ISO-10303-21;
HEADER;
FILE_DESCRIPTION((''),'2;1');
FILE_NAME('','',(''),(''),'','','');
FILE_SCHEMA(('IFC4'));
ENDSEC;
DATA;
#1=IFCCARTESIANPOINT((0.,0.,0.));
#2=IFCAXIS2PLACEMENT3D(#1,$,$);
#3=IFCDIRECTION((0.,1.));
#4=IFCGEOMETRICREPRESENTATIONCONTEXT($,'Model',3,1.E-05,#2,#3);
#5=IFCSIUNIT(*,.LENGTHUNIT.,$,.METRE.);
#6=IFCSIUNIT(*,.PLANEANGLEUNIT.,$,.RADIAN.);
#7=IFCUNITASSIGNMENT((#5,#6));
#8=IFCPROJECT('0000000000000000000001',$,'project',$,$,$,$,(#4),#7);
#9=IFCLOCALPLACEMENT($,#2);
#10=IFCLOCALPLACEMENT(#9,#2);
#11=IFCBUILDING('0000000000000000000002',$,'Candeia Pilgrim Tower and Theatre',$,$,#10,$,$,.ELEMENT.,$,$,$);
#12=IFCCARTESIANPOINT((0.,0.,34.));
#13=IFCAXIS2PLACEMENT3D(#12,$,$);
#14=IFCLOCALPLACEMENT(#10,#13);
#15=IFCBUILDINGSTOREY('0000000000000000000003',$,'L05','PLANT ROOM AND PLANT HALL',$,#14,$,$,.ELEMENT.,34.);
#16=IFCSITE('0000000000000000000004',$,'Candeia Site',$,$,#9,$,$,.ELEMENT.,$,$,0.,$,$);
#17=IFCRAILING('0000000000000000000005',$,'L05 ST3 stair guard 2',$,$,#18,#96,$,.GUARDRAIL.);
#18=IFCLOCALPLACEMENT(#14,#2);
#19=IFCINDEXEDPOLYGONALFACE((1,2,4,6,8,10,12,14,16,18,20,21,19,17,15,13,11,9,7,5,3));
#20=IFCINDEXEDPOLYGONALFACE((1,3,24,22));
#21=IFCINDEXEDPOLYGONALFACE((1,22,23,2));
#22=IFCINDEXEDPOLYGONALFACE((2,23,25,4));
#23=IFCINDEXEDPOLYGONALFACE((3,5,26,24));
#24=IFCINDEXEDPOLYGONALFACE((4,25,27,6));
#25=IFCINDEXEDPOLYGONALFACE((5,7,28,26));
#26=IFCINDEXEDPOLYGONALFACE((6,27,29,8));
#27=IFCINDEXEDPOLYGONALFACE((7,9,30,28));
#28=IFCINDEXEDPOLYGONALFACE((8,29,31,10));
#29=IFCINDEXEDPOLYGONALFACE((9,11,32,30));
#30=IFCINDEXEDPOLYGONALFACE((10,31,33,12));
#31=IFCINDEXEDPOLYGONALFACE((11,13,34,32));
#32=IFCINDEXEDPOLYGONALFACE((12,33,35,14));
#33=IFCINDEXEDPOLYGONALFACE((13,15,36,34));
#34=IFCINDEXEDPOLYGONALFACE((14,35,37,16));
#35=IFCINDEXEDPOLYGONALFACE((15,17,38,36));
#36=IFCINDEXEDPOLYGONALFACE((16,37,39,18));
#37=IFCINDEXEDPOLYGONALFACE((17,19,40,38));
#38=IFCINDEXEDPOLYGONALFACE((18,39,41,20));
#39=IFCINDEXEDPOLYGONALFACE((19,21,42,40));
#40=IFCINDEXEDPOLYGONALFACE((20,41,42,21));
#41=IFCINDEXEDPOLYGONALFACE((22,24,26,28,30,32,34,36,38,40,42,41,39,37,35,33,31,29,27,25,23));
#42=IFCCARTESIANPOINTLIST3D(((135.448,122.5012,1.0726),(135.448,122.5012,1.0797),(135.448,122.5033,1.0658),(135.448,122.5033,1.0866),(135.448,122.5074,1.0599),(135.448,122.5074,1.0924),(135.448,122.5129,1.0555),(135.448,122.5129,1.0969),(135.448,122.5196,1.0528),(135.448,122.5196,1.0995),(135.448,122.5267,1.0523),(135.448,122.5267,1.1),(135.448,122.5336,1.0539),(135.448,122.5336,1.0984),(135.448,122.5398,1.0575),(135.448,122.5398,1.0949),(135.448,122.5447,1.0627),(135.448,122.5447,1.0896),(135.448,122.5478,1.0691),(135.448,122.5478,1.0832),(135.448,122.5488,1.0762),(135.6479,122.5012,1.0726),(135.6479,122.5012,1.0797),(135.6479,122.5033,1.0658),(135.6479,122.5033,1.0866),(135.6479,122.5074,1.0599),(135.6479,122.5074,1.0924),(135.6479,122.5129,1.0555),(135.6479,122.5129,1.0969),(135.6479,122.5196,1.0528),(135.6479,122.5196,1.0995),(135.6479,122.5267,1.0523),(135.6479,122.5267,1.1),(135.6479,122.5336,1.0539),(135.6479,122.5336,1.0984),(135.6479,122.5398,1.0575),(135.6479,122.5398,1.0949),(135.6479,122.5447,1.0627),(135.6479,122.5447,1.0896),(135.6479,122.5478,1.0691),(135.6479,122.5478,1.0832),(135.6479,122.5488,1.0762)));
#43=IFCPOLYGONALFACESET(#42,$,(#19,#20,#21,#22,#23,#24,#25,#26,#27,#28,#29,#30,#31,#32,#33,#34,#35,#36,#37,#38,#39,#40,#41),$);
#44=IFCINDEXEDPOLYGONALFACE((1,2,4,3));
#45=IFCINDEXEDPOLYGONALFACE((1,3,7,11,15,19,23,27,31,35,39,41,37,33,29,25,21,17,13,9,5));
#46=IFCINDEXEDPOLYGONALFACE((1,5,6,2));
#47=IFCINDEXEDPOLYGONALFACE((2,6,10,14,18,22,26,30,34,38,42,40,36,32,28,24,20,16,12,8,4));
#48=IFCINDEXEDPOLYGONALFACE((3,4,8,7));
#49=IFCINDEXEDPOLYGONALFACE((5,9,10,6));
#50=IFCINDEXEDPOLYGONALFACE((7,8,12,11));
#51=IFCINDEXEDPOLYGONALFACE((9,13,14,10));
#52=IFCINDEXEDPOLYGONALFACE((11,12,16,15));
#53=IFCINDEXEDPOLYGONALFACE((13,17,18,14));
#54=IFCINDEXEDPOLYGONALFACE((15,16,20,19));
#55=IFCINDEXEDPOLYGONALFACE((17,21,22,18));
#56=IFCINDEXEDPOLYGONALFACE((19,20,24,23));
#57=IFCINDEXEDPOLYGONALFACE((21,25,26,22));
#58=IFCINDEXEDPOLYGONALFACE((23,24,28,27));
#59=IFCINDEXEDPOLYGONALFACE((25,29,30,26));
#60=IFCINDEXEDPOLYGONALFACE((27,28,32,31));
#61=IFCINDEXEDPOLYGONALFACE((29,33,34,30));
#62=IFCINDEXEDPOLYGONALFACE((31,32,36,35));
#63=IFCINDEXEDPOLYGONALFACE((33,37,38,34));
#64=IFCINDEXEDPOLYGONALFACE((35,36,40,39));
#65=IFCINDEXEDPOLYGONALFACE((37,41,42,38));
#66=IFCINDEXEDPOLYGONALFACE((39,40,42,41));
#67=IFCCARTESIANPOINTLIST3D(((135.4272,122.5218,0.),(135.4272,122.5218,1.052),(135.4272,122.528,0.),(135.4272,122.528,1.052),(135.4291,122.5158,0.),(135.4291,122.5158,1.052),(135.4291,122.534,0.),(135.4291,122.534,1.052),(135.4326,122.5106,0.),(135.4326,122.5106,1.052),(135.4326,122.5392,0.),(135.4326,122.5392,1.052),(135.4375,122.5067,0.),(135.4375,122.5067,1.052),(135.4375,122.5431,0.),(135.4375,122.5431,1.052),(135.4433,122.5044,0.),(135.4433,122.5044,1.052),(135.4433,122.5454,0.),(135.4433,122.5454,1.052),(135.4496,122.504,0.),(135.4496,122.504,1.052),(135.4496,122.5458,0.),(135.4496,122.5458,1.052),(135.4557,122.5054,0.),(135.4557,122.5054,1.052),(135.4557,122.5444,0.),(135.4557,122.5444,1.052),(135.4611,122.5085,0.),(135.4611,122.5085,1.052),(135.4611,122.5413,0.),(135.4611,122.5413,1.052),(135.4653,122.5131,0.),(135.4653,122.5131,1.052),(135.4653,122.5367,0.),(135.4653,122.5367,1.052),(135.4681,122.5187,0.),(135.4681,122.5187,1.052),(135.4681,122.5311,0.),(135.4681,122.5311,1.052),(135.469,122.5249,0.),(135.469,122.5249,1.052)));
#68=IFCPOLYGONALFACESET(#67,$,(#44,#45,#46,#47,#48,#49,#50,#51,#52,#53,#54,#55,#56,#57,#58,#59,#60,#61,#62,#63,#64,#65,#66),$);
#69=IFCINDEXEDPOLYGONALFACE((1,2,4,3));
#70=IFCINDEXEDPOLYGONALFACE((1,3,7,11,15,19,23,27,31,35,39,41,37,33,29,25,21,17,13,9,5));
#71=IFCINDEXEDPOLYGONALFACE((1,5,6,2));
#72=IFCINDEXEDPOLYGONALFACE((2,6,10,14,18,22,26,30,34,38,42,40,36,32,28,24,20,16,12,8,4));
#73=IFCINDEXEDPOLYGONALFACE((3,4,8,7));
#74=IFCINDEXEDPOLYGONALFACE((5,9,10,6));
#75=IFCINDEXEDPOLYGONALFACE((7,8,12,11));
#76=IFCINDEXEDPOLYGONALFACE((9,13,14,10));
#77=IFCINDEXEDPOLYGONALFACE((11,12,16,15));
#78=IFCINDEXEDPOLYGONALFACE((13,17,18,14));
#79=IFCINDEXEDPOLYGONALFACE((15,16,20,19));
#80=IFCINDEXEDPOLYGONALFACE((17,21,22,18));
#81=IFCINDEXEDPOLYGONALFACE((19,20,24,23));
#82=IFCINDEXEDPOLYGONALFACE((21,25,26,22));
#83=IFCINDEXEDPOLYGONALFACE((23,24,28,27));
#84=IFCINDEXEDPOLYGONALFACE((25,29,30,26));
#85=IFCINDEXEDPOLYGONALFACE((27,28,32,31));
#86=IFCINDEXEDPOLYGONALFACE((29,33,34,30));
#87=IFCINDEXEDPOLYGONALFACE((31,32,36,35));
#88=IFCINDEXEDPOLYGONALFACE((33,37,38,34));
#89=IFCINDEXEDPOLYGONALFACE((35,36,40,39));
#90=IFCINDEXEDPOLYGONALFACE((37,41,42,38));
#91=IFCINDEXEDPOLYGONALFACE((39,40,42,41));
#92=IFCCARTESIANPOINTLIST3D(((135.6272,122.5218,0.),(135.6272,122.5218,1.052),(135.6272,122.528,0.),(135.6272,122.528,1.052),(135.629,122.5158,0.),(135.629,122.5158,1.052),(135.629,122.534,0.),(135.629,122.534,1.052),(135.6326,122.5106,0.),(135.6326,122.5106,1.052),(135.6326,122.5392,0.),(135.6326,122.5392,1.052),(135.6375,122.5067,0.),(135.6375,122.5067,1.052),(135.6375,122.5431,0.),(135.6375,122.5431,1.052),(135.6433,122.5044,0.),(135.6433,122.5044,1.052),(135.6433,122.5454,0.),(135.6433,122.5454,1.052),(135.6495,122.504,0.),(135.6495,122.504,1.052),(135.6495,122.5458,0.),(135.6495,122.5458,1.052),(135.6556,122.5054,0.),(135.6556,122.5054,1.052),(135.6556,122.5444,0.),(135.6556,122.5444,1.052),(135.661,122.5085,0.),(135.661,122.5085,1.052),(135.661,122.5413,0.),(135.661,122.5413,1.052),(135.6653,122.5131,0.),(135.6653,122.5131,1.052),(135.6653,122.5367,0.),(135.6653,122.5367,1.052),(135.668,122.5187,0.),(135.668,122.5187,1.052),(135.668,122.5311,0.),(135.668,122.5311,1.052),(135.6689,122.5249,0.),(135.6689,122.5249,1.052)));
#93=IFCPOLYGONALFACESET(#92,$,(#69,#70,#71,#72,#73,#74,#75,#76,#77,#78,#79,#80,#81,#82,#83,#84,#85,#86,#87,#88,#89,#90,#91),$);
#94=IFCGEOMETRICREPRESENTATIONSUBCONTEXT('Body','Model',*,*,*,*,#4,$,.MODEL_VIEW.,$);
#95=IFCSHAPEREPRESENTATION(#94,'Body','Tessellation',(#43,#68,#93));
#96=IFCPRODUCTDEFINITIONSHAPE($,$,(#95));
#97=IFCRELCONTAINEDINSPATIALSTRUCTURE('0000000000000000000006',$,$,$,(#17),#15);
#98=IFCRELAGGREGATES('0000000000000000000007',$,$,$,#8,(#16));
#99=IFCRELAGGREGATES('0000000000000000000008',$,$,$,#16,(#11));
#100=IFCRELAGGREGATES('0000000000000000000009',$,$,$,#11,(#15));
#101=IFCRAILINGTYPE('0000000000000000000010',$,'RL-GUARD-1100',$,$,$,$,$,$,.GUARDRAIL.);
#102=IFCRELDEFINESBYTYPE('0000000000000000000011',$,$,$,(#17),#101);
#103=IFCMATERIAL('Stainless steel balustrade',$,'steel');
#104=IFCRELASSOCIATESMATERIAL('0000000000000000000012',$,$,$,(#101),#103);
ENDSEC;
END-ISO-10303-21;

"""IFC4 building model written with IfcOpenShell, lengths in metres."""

from ifc_helpers import new_model, si_unit, direction, frame, origin, origin_2d, place, context, subcontext, project, spatial, circle, extrude, material, type_object, element, save


model = new_model("IFC4")

# Units and contexts
model_context = context("Model", 3, precision=1e-05, world=origin(), true_north=direction((0.0, 1.0)))
body_context = subcontext(model_context, "Body", "Model", "MODEL_VIEW")
ifc_project = project(units=[si_unit("LENGTHUNIT", "METRE"), si_unit("PLANEANGLEUNIT", "RADIAN")], contexts=[model_context])

# Site, building, storey
site_placement = place(None, origin())
site = spatial("IfcSite", under=ifc_project, at=site_placement, Name="Candeia Site", CompositionType="ELEMENT", RefElevation=0.0)
building_placement = place(site_placement, origin())
building = spatial("IfcBuilding", under=site, at=building_placement, Name="Candeia Pilgrim Tower and Theatre", CompositionType="ELEMENT")
storey_placement = place(building_placement, frame((0.0, 0.0, 34.0)))
storey = spatial("IfcBuildingStorey", under=building, at=storey_placement, Name="L05", Description="PLANT ROOM AND PLANT HALL", CompositionType="ELEMENT", Elevation=34.0)

# Railing
ifc_material_1 = material(Name="Stainless steel balustrade", Category="steel")
railing_type_1 = type_object("IfcRailingType", Name="RL-GUARD-1100", PredefinedType="GUARDRAIL", material=ifc_material_1)
railing_1_placement = place(storey_placement, frame((135.448, 122.5249, 0.0)))
element("IfcRailing", 1, at=railing_1_placement, inside=storey, type_object=railing_type_1, Name="L05 ST3 stair guard 2", PredefinedType="GUARDRAIL", context=body_context, shape_type="SweptSolid", body=[
    extrude(circle(Radius=0.0239, at=origin_2d()), frame((0.0, 0.0, 1.0762), z_axis=(1.0, 0.0, 0.0), x_axis=(0.0, 1.0, 0.0)), (0.0, 0.0, 1.0), 0.2),
    extrude(circle(Radius=0.021, at=origin_2d()), origin(), (0.0, 0.0, 1.0), 1.052),
    extrude(circle(Radius=0.021, at=origin_2d()), frame((0.2, 0.0, 0.0)), (0.0, 0.0, 1.0), 1.052),
])

save(model, "model.ifc")
